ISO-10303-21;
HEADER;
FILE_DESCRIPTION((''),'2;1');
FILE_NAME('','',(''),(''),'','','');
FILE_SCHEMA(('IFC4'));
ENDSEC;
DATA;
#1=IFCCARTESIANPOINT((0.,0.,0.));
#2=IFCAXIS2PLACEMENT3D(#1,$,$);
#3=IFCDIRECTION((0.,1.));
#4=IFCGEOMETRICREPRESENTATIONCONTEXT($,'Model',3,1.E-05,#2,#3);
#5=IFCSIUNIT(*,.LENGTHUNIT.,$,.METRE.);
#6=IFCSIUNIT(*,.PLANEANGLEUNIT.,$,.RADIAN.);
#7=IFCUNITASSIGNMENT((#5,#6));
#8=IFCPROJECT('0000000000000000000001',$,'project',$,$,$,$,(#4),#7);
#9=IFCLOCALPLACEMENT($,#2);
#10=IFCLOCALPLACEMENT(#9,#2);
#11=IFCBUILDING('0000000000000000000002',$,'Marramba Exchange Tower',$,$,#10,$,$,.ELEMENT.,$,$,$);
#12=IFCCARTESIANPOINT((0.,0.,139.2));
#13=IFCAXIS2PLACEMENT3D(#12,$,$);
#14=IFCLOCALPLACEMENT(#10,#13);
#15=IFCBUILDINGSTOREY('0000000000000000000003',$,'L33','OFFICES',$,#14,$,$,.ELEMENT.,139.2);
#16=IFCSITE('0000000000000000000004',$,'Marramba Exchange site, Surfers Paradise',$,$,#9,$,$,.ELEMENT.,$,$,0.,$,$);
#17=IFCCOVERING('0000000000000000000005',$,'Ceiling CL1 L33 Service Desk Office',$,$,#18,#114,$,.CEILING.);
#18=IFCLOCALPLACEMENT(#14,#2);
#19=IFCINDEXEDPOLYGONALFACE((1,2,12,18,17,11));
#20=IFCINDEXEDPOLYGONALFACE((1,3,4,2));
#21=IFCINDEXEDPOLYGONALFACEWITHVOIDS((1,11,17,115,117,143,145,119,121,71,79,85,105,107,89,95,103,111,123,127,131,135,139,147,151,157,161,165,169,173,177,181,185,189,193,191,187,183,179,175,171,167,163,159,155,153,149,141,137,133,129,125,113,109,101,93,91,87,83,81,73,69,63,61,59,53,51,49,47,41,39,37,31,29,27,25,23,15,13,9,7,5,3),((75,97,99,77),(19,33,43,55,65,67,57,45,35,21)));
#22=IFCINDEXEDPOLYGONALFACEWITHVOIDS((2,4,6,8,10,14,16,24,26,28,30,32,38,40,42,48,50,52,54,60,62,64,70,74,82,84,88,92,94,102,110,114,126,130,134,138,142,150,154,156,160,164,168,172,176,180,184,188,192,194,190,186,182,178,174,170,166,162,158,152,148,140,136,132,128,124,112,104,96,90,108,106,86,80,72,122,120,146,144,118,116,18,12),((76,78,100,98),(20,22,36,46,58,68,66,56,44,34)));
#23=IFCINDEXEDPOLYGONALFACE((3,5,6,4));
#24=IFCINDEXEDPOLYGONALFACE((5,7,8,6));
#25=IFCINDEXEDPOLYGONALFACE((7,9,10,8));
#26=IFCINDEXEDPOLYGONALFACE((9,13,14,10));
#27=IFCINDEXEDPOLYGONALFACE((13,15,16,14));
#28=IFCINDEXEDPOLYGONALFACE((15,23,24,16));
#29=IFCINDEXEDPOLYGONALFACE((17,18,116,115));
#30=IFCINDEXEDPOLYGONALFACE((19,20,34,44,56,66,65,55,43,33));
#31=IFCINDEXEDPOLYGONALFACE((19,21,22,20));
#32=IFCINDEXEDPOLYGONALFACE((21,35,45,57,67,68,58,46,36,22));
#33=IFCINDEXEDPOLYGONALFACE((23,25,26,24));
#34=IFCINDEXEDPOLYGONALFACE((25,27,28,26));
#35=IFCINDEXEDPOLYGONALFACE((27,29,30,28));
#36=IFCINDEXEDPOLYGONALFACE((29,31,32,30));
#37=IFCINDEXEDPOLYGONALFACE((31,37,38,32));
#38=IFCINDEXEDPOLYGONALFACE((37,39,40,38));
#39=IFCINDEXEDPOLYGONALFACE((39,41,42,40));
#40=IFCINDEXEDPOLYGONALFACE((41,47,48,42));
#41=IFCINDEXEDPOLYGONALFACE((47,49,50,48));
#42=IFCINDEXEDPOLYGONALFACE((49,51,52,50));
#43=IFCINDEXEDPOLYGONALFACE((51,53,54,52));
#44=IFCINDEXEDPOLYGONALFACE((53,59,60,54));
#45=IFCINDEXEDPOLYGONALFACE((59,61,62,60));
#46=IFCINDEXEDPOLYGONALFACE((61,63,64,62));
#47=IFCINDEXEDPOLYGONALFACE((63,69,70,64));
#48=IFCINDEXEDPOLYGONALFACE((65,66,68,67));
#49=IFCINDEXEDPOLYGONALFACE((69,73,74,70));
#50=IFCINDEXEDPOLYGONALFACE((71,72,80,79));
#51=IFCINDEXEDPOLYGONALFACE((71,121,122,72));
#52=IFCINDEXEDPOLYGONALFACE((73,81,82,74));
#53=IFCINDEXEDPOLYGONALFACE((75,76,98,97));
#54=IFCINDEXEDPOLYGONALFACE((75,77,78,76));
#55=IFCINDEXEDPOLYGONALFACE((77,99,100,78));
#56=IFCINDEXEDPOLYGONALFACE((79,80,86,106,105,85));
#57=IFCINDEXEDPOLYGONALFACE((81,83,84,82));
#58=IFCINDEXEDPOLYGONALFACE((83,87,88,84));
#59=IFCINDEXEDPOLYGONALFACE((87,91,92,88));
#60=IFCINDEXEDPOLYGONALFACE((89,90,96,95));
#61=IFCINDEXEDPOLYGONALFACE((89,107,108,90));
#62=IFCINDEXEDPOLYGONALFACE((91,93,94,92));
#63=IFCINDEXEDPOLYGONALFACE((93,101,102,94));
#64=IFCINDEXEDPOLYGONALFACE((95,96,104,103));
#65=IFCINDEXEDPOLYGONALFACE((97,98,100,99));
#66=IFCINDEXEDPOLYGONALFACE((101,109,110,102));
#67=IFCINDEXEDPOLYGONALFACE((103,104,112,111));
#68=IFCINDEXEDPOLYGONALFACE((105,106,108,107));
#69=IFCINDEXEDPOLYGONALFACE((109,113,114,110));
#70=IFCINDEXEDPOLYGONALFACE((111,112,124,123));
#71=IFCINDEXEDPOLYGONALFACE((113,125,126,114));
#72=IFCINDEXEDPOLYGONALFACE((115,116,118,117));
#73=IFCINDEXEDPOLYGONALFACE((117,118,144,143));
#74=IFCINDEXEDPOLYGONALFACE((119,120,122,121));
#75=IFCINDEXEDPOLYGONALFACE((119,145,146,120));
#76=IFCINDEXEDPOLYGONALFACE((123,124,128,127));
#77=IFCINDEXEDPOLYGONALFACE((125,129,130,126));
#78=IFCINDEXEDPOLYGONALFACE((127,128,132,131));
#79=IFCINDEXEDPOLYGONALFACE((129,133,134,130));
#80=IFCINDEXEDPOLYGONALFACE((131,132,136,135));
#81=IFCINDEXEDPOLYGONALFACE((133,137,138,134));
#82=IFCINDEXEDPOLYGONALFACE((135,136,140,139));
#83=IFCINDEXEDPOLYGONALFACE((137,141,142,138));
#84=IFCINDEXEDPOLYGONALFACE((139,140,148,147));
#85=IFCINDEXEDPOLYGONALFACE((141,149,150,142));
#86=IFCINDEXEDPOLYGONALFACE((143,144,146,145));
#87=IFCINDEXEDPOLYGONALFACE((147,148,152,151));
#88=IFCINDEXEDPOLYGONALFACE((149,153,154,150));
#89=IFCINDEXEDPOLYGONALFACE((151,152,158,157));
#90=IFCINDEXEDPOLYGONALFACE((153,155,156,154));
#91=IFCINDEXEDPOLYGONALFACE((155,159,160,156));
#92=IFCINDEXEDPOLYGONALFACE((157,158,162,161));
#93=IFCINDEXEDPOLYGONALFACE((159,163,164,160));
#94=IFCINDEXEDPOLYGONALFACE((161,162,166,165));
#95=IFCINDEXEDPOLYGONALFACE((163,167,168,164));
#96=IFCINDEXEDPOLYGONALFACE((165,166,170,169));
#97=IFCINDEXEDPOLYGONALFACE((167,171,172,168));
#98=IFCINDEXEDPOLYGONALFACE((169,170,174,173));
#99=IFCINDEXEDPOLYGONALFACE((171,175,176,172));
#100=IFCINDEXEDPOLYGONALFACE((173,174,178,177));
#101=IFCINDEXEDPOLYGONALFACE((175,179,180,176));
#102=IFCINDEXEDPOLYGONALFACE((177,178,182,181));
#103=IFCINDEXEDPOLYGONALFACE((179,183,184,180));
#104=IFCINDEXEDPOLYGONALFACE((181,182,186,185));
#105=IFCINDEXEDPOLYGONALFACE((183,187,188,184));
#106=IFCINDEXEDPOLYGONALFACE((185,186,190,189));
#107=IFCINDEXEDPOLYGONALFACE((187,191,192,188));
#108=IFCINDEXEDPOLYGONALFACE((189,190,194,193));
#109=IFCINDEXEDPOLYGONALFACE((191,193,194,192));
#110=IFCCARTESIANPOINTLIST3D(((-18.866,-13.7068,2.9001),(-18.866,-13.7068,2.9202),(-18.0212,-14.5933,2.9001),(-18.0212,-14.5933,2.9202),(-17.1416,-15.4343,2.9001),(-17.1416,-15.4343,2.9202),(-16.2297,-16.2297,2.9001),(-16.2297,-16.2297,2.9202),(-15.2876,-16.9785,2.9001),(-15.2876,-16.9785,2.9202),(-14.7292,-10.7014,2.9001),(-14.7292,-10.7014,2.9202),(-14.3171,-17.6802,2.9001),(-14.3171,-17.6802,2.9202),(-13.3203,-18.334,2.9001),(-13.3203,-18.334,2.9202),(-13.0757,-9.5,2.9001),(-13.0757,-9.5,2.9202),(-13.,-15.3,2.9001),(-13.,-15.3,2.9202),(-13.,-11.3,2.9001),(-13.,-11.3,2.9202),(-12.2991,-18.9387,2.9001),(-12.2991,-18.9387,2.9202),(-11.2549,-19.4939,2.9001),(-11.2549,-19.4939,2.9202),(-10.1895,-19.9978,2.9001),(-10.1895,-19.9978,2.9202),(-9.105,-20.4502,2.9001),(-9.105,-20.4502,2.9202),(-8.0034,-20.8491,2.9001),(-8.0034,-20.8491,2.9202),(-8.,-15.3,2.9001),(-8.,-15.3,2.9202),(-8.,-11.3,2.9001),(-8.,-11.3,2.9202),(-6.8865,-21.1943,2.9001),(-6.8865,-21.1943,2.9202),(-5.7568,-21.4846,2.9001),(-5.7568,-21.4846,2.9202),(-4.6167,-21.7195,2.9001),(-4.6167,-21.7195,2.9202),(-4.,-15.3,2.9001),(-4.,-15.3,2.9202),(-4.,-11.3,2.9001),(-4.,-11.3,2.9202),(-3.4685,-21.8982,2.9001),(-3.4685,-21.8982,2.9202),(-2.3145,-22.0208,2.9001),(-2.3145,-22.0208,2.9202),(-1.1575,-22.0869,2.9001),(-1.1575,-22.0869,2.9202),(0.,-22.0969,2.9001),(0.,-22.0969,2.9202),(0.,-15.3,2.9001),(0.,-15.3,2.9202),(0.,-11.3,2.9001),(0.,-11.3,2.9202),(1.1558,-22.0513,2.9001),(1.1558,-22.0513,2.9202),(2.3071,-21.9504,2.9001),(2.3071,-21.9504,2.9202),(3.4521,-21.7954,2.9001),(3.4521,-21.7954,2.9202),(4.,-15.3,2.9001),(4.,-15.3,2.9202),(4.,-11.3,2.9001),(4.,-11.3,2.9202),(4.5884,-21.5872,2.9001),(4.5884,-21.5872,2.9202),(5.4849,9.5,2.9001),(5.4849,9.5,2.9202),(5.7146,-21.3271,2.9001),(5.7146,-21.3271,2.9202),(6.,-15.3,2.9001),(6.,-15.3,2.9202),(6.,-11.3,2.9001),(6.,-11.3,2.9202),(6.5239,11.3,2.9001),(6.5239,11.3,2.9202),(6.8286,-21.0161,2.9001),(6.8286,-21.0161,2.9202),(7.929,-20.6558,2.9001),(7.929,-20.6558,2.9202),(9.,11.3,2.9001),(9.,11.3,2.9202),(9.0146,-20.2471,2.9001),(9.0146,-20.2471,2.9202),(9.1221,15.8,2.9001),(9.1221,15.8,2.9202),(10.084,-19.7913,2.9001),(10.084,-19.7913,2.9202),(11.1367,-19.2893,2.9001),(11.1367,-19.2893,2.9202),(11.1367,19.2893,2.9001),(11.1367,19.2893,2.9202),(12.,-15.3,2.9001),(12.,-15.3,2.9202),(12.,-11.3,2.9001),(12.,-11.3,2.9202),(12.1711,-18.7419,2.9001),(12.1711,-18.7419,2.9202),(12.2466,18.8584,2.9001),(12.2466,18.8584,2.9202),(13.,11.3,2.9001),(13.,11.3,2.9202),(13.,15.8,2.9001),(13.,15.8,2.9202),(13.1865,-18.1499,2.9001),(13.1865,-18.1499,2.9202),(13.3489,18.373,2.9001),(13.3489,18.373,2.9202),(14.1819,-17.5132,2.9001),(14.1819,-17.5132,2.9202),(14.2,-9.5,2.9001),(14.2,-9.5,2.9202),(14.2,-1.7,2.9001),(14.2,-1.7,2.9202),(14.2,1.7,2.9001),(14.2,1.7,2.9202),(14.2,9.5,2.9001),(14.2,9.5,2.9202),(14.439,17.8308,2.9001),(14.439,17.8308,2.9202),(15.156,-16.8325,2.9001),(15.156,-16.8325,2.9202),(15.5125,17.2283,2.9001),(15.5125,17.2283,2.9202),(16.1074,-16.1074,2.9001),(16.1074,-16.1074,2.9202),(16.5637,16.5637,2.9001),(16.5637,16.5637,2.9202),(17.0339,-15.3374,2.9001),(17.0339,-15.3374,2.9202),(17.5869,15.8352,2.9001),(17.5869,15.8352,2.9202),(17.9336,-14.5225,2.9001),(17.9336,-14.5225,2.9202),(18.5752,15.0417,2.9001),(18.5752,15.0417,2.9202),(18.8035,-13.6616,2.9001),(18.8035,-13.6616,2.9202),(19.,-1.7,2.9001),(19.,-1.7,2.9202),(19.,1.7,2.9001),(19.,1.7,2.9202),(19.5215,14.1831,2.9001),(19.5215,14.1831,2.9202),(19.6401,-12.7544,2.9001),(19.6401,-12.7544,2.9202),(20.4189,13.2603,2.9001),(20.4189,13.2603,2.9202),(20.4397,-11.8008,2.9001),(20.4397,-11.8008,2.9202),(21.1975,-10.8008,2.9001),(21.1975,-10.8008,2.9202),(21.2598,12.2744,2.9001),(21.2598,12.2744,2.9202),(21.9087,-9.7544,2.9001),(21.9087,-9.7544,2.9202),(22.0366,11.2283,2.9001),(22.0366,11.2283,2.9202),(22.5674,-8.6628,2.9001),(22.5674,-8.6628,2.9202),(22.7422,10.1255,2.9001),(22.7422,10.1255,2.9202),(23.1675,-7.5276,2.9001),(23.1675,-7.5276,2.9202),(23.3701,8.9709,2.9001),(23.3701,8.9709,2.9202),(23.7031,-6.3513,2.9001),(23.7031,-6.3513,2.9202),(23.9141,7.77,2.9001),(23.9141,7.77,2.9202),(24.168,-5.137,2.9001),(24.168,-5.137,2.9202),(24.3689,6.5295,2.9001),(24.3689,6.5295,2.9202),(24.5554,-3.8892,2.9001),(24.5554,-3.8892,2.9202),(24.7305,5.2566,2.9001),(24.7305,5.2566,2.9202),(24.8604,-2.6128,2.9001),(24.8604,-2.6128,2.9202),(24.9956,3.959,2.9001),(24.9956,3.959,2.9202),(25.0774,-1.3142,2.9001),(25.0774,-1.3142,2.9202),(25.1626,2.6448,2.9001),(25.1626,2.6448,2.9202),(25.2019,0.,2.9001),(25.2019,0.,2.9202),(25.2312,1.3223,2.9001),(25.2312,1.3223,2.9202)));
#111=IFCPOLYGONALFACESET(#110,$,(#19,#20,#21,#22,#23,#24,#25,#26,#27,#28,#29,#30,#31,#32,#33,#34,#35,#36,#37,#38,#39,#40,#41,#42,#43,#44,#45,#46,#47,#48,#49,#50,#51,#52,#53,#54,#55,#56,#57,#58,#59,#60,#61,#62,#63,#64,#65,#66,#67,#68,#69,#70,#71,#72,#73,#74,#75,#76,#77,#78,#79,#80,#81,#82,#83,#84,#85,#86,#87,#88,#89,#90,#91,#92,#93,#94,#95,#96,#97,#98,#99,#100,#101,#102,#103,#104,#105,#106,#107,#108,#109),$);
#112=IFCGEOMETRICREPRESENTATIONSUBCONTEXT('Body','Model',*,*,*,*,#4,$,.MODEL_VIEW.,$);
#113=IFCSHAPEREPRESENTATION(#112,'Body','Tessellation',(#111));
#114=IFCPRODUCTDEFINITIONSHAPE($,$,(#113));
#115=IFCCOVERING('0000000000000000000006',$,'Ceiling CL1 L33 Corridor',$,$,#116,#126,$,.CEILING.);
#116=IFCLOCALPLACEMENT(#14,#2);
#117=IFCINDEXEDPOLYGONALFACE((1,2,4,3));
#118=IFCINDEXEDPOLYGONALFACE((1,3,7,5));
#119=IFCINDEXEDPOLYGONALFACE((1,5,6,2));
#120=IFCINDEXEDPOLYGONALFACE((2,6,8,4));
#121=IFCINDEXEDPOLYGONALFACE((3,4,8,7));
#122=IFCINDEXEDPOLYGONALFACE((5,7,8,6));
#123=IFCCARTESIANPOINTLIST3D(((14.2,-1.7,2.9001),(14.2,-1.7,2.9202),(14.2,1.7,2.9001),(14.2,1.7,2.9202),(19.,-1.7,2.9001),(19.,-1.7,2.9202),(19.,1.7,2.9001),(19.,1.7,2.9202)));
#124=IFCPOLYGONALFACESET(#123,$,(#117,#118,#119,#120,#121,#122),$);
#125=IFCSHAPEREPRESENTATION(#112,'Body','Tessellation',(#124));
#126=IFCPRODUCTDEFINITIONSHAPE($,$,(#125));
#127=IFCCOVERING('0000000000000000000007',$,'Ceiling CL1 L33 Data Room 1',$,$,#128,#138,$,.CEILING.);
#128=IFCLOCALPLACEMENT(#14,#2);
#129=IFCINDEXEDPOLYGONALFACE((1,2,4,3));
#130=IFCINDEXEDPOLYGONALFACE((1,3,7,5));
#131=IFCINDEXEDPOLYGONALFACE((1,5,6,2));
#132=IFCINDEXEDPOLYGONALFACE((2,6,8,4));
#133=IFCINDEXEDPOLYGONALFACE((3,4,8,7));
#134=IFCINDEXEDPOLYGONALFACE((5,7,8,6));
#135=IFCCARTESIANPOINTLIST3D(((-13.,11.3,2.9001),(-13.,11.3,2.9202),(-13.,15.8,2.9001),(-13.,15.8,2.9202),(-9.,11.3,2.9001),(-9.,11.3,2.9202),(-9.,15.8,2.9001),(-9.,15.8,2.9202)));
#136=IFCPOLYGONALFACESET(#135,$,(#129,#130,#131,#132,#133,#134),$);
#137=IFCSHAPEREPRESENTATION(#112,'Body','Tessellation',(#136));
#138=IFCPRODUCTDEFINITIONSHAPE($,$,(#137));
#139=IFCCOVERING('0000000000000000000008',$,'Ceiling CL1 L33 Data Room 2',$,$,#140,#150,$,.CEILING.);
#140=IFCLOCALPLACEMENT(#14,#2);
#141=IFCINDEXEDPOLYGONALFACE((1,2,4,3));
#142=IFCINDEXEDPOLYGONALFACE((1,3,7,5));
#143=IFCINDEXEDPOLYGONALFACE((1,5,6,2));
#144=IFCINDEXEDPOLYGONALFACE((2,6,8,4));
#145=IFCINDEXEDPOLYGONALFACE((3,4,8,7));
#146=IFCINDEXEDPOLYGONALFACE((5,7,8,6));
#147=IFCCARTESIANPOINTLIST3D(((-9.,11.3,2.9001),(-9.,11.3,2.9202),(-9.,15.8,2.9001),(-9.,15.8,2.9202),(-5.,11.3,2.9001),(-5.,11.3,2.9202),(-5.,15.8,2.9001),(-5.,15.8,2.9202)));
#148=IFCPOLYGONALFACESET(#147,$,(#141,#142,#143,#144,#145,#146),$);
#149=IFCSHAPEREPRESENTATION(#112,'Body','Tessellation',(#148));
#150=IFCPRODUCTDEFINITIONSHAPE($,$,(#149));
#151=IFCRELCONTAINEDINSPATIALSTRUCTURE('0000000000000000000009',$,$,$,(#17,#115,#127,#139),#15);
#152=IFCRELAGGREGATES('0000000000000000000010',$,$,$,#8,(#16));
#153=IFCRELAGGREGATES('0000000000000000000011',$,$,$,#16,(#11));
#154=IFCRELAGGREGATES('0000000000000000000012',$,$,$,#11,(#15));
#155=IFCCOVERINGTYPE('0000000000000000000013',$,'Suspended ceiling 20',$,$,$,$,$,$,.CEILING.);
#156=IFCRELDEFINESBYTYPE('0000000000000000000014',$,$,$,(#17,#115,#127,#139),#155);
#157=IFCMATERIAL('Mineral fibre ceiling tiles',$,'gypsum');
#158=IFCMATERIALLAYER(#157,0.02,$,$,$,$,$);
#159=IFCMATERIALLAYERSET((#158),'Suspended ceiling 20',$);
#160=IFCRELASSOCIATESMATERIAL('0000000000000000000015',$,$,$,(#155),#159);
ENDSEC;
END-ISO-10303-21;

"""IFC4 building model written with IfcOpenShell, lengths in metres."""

from ifc_helpers import new_model, si_unit, direction, frame, origin, place, context, subcontext, project, spatial, polyline, outline, extrude, material, layer, layer_set, type_object, element, save


model = new_model("IFC4")

# Units and contexts
model_context = context("Model", 3, precision=1e-05, world=origin(), true_north=direction((0.0, 1.0)))
body_context = subcontext(model_context, "Body", "Model", "MODEL_VIEW")
ifc_project = project(units=[si_unit("LENGTHUNIT", "METRE"), si_unit("PLANEANGLEUNIT", "RADIAN")], contexts=[model_context])

# Site, building, storey
site_placement = place(None, origin())
site = spatial("IfcSite", under=ifc_project, at=site_placement, Name="Marramba Exchange site, Surfers Paradise", CompositionType="ELEMENT", RefElevation=0.0)
building_placement = place(site_placement, origin())
building = spatial("IfcBuilding", under=site, at=building_placement, Name="Marramba Exchange Tower", CompositionType="ELEMENT")
storey_placement = place(building_placement, frame((0.0, 0.0, 139.2)))
storey = spatial("IfcBuildingStorey", under=building, at=storey_placement, Name="L33", Description="OFFICES", CompositionType="ELEMENT", Elevation=139.2)

# Coverings
ifc_material_1 = material(Name="Mineral fibre ceiling tiles", Category="gypsum")
ifc_layer_1 = layer(ifc_material_1, 0.02)
ifc_layer_set_1 = layer_set([ifc_layer_1], Name="Suspended ceiling 20")
covering_type = type_object("IfcCoveringType", Name="Suspended ceiling 20", PredefinedType="CEILING", material=ifc_layer_set_1)
covering_1_placement = place(storey_placement, frame((0.0, 0.0, 2.9001)))
element("IfcCovering", 1, at=covering_1_placement, inside=storey, type_object=covering_type, Name="Ceiling CL1 L33 Service Desk Office", PredefinedType="CEILING", context=body_context, shape_type="SweptSolid", body=[
    extrude(outline(polyline([(14.2, -9.5), (14.2, -1.7), (19.0, -1.7), (19.0, 1.7), (14.2, 1.7), (14.2, 9.5), (5.4849, 9.5), (6.5239, 11.3), (9.0, 11.3), (13.0, 11.3), (13.0, 15.8), (9.1221, 15.8), (11.1367, 19.2893), (12.2466, 18.8584), (13.3489, 18.373), (14.439, 17.8308), (15.5125, 17.2283), (16.5637, 16.5637), (17.5869, 15.8352), (18.5752, 15.0417), (19.5215, 14.1831), (20.4189, 13.2603), (21.2598, 12.2744), (22.0366, 11.2283), (22.7422, 10.1255), (23.3701, 8.9709), (23.9141, 7.77), (24.3689, 6.5295), (24.7305, 5.2566), (24.9956, 3.959), (25.1626, 2.6448), (25.2312, 1.3223), (25.2019, 0.0), (25.0774, -1.3142), (24.8604, -2.6128), (24.5554, -3.8892), (24.168, -5.137), (23.7031, -6.3513), (23.1675, -7.5276), (22.5674, -8.6628), (21.9087, -9.7544), (21.1975, -10.8008), (20.4397, -11.8008), (19.6401, -12.7544), (18.8035, -13.6616), (17.9336, -14.5225), (17.0339, -15.3374), (16.1074, -16.1074), (15.156, -16.8325), (14.1819, -17.5132), (13.1865, -18.1499), (12.1711, -18.7419), (11.1367, -19.2893), (10.084, -19.7913), (9.0146, -20.2471), (7.929, -20.6558), (6.8286, -21.0161), (5.7146, -21.3271), (4.5884, -21.5872), (3.4521, -21.7954), (2.3071, -21.9504), (1.1558, -22.0513), (0.0, -22.0969), (-1.1575, -22.0869), (-2.3145, -22.0208), (-3.4685, -21.8982), (-4.6167, -21.7195), (-5.7568, -21.4846), (-6.8865, -21.1943), (-8.0034, -20.8491), (-9.105, -20.4502), (-10.1895, -19.9978), (-11.2549, -19.4939), (-12.2991, -18.9387), (-13.3203, -18.334), (-14.3171, -17.6802), (-15.2876, -16.9785), (-16.2297, -16.2297), (-17.1416, -15.4343), (-18.0212, -14.5933), (-18.866, -13.7068), (-14.7292, -10.7014), (-13.0757, -9.5), (14.2, -9.5)]), holes=[polyline([(6.0, -11.3), (6.0, -15.3), (12.0, -15.3), (12.0, -11.3), (6.0, -11.3)]), polyline([(-13.0, -15.3), (-8.0, -15.3), (-4.0, -15.3), (0.0, -15.3), (4.0, -15.3), (4.0, -11.3), (0.0, -11.3), (-4.0, -11.3), (-8.0, -11.3), (-13.0, -11.3), (-13.0, -15.3)])]), origin(), (0.0, 0.0, 1.0), 0.02),
])
covering_2_placement = place(storey_placement, frame((0.0, 0.0, 2.9001)))
element("IfcCovering", 2, at=covering_2_placement, inside=storey, type_object=covering_type, Name="Ceiling CL1 L33 Corridor", PredefinedType="CEILING", context=body_context, shape_type="SweptSolid", body=[
    extrude(outline(polyline([(14.2, -1.7), (14.2, 1.7), (19.0, 1.7), (19.0, -1.7), (14.2, -1.7)])), origin(), (0.0, 0.0, 1.0), 0.02),
])
covering_3_placement = place(storey_placement, frame((0.0, 0.0, 2.9001)))
element("IfcCovering", 3, at=covering_3_placement, inside=storey, type_object=covering_type, Name="Ceiling CL1 L33 Data Room 1", PredefinedType="CEILING", context=body_context, shape_type="SweptSolid", body=[
    extrude(outline(polyline([(-9.0, 11.3), (-13.0, 11.3), (-13.0, 15.8), (-9.0, 15.8), (-9.0, 11.3)])), origin(), (0.0, 0.0, 1.0), 0.02),
])
covering_4_placement = place(storey_placement, frame((0.0, 0.0, 2.9001)))
element("IfcCovering", 4, at=covering_4_placement, inside=storey, type_object=covering_type, Name="Ceiling CL1 L33 Data Room 2", PredefinedType="CEILING", context=body_context, shape_type="SweptSolid", body=[
    extrude(outline(polyline([(-5.0, 11.3), (-9.0, 11.3), (-9.0, 15.8), (-5.0, 15.8), (-5.0, 11.3)])), origin(), (0.0, 0.0, 1.0), 0.02),
])

save(model, "model.ifc")
